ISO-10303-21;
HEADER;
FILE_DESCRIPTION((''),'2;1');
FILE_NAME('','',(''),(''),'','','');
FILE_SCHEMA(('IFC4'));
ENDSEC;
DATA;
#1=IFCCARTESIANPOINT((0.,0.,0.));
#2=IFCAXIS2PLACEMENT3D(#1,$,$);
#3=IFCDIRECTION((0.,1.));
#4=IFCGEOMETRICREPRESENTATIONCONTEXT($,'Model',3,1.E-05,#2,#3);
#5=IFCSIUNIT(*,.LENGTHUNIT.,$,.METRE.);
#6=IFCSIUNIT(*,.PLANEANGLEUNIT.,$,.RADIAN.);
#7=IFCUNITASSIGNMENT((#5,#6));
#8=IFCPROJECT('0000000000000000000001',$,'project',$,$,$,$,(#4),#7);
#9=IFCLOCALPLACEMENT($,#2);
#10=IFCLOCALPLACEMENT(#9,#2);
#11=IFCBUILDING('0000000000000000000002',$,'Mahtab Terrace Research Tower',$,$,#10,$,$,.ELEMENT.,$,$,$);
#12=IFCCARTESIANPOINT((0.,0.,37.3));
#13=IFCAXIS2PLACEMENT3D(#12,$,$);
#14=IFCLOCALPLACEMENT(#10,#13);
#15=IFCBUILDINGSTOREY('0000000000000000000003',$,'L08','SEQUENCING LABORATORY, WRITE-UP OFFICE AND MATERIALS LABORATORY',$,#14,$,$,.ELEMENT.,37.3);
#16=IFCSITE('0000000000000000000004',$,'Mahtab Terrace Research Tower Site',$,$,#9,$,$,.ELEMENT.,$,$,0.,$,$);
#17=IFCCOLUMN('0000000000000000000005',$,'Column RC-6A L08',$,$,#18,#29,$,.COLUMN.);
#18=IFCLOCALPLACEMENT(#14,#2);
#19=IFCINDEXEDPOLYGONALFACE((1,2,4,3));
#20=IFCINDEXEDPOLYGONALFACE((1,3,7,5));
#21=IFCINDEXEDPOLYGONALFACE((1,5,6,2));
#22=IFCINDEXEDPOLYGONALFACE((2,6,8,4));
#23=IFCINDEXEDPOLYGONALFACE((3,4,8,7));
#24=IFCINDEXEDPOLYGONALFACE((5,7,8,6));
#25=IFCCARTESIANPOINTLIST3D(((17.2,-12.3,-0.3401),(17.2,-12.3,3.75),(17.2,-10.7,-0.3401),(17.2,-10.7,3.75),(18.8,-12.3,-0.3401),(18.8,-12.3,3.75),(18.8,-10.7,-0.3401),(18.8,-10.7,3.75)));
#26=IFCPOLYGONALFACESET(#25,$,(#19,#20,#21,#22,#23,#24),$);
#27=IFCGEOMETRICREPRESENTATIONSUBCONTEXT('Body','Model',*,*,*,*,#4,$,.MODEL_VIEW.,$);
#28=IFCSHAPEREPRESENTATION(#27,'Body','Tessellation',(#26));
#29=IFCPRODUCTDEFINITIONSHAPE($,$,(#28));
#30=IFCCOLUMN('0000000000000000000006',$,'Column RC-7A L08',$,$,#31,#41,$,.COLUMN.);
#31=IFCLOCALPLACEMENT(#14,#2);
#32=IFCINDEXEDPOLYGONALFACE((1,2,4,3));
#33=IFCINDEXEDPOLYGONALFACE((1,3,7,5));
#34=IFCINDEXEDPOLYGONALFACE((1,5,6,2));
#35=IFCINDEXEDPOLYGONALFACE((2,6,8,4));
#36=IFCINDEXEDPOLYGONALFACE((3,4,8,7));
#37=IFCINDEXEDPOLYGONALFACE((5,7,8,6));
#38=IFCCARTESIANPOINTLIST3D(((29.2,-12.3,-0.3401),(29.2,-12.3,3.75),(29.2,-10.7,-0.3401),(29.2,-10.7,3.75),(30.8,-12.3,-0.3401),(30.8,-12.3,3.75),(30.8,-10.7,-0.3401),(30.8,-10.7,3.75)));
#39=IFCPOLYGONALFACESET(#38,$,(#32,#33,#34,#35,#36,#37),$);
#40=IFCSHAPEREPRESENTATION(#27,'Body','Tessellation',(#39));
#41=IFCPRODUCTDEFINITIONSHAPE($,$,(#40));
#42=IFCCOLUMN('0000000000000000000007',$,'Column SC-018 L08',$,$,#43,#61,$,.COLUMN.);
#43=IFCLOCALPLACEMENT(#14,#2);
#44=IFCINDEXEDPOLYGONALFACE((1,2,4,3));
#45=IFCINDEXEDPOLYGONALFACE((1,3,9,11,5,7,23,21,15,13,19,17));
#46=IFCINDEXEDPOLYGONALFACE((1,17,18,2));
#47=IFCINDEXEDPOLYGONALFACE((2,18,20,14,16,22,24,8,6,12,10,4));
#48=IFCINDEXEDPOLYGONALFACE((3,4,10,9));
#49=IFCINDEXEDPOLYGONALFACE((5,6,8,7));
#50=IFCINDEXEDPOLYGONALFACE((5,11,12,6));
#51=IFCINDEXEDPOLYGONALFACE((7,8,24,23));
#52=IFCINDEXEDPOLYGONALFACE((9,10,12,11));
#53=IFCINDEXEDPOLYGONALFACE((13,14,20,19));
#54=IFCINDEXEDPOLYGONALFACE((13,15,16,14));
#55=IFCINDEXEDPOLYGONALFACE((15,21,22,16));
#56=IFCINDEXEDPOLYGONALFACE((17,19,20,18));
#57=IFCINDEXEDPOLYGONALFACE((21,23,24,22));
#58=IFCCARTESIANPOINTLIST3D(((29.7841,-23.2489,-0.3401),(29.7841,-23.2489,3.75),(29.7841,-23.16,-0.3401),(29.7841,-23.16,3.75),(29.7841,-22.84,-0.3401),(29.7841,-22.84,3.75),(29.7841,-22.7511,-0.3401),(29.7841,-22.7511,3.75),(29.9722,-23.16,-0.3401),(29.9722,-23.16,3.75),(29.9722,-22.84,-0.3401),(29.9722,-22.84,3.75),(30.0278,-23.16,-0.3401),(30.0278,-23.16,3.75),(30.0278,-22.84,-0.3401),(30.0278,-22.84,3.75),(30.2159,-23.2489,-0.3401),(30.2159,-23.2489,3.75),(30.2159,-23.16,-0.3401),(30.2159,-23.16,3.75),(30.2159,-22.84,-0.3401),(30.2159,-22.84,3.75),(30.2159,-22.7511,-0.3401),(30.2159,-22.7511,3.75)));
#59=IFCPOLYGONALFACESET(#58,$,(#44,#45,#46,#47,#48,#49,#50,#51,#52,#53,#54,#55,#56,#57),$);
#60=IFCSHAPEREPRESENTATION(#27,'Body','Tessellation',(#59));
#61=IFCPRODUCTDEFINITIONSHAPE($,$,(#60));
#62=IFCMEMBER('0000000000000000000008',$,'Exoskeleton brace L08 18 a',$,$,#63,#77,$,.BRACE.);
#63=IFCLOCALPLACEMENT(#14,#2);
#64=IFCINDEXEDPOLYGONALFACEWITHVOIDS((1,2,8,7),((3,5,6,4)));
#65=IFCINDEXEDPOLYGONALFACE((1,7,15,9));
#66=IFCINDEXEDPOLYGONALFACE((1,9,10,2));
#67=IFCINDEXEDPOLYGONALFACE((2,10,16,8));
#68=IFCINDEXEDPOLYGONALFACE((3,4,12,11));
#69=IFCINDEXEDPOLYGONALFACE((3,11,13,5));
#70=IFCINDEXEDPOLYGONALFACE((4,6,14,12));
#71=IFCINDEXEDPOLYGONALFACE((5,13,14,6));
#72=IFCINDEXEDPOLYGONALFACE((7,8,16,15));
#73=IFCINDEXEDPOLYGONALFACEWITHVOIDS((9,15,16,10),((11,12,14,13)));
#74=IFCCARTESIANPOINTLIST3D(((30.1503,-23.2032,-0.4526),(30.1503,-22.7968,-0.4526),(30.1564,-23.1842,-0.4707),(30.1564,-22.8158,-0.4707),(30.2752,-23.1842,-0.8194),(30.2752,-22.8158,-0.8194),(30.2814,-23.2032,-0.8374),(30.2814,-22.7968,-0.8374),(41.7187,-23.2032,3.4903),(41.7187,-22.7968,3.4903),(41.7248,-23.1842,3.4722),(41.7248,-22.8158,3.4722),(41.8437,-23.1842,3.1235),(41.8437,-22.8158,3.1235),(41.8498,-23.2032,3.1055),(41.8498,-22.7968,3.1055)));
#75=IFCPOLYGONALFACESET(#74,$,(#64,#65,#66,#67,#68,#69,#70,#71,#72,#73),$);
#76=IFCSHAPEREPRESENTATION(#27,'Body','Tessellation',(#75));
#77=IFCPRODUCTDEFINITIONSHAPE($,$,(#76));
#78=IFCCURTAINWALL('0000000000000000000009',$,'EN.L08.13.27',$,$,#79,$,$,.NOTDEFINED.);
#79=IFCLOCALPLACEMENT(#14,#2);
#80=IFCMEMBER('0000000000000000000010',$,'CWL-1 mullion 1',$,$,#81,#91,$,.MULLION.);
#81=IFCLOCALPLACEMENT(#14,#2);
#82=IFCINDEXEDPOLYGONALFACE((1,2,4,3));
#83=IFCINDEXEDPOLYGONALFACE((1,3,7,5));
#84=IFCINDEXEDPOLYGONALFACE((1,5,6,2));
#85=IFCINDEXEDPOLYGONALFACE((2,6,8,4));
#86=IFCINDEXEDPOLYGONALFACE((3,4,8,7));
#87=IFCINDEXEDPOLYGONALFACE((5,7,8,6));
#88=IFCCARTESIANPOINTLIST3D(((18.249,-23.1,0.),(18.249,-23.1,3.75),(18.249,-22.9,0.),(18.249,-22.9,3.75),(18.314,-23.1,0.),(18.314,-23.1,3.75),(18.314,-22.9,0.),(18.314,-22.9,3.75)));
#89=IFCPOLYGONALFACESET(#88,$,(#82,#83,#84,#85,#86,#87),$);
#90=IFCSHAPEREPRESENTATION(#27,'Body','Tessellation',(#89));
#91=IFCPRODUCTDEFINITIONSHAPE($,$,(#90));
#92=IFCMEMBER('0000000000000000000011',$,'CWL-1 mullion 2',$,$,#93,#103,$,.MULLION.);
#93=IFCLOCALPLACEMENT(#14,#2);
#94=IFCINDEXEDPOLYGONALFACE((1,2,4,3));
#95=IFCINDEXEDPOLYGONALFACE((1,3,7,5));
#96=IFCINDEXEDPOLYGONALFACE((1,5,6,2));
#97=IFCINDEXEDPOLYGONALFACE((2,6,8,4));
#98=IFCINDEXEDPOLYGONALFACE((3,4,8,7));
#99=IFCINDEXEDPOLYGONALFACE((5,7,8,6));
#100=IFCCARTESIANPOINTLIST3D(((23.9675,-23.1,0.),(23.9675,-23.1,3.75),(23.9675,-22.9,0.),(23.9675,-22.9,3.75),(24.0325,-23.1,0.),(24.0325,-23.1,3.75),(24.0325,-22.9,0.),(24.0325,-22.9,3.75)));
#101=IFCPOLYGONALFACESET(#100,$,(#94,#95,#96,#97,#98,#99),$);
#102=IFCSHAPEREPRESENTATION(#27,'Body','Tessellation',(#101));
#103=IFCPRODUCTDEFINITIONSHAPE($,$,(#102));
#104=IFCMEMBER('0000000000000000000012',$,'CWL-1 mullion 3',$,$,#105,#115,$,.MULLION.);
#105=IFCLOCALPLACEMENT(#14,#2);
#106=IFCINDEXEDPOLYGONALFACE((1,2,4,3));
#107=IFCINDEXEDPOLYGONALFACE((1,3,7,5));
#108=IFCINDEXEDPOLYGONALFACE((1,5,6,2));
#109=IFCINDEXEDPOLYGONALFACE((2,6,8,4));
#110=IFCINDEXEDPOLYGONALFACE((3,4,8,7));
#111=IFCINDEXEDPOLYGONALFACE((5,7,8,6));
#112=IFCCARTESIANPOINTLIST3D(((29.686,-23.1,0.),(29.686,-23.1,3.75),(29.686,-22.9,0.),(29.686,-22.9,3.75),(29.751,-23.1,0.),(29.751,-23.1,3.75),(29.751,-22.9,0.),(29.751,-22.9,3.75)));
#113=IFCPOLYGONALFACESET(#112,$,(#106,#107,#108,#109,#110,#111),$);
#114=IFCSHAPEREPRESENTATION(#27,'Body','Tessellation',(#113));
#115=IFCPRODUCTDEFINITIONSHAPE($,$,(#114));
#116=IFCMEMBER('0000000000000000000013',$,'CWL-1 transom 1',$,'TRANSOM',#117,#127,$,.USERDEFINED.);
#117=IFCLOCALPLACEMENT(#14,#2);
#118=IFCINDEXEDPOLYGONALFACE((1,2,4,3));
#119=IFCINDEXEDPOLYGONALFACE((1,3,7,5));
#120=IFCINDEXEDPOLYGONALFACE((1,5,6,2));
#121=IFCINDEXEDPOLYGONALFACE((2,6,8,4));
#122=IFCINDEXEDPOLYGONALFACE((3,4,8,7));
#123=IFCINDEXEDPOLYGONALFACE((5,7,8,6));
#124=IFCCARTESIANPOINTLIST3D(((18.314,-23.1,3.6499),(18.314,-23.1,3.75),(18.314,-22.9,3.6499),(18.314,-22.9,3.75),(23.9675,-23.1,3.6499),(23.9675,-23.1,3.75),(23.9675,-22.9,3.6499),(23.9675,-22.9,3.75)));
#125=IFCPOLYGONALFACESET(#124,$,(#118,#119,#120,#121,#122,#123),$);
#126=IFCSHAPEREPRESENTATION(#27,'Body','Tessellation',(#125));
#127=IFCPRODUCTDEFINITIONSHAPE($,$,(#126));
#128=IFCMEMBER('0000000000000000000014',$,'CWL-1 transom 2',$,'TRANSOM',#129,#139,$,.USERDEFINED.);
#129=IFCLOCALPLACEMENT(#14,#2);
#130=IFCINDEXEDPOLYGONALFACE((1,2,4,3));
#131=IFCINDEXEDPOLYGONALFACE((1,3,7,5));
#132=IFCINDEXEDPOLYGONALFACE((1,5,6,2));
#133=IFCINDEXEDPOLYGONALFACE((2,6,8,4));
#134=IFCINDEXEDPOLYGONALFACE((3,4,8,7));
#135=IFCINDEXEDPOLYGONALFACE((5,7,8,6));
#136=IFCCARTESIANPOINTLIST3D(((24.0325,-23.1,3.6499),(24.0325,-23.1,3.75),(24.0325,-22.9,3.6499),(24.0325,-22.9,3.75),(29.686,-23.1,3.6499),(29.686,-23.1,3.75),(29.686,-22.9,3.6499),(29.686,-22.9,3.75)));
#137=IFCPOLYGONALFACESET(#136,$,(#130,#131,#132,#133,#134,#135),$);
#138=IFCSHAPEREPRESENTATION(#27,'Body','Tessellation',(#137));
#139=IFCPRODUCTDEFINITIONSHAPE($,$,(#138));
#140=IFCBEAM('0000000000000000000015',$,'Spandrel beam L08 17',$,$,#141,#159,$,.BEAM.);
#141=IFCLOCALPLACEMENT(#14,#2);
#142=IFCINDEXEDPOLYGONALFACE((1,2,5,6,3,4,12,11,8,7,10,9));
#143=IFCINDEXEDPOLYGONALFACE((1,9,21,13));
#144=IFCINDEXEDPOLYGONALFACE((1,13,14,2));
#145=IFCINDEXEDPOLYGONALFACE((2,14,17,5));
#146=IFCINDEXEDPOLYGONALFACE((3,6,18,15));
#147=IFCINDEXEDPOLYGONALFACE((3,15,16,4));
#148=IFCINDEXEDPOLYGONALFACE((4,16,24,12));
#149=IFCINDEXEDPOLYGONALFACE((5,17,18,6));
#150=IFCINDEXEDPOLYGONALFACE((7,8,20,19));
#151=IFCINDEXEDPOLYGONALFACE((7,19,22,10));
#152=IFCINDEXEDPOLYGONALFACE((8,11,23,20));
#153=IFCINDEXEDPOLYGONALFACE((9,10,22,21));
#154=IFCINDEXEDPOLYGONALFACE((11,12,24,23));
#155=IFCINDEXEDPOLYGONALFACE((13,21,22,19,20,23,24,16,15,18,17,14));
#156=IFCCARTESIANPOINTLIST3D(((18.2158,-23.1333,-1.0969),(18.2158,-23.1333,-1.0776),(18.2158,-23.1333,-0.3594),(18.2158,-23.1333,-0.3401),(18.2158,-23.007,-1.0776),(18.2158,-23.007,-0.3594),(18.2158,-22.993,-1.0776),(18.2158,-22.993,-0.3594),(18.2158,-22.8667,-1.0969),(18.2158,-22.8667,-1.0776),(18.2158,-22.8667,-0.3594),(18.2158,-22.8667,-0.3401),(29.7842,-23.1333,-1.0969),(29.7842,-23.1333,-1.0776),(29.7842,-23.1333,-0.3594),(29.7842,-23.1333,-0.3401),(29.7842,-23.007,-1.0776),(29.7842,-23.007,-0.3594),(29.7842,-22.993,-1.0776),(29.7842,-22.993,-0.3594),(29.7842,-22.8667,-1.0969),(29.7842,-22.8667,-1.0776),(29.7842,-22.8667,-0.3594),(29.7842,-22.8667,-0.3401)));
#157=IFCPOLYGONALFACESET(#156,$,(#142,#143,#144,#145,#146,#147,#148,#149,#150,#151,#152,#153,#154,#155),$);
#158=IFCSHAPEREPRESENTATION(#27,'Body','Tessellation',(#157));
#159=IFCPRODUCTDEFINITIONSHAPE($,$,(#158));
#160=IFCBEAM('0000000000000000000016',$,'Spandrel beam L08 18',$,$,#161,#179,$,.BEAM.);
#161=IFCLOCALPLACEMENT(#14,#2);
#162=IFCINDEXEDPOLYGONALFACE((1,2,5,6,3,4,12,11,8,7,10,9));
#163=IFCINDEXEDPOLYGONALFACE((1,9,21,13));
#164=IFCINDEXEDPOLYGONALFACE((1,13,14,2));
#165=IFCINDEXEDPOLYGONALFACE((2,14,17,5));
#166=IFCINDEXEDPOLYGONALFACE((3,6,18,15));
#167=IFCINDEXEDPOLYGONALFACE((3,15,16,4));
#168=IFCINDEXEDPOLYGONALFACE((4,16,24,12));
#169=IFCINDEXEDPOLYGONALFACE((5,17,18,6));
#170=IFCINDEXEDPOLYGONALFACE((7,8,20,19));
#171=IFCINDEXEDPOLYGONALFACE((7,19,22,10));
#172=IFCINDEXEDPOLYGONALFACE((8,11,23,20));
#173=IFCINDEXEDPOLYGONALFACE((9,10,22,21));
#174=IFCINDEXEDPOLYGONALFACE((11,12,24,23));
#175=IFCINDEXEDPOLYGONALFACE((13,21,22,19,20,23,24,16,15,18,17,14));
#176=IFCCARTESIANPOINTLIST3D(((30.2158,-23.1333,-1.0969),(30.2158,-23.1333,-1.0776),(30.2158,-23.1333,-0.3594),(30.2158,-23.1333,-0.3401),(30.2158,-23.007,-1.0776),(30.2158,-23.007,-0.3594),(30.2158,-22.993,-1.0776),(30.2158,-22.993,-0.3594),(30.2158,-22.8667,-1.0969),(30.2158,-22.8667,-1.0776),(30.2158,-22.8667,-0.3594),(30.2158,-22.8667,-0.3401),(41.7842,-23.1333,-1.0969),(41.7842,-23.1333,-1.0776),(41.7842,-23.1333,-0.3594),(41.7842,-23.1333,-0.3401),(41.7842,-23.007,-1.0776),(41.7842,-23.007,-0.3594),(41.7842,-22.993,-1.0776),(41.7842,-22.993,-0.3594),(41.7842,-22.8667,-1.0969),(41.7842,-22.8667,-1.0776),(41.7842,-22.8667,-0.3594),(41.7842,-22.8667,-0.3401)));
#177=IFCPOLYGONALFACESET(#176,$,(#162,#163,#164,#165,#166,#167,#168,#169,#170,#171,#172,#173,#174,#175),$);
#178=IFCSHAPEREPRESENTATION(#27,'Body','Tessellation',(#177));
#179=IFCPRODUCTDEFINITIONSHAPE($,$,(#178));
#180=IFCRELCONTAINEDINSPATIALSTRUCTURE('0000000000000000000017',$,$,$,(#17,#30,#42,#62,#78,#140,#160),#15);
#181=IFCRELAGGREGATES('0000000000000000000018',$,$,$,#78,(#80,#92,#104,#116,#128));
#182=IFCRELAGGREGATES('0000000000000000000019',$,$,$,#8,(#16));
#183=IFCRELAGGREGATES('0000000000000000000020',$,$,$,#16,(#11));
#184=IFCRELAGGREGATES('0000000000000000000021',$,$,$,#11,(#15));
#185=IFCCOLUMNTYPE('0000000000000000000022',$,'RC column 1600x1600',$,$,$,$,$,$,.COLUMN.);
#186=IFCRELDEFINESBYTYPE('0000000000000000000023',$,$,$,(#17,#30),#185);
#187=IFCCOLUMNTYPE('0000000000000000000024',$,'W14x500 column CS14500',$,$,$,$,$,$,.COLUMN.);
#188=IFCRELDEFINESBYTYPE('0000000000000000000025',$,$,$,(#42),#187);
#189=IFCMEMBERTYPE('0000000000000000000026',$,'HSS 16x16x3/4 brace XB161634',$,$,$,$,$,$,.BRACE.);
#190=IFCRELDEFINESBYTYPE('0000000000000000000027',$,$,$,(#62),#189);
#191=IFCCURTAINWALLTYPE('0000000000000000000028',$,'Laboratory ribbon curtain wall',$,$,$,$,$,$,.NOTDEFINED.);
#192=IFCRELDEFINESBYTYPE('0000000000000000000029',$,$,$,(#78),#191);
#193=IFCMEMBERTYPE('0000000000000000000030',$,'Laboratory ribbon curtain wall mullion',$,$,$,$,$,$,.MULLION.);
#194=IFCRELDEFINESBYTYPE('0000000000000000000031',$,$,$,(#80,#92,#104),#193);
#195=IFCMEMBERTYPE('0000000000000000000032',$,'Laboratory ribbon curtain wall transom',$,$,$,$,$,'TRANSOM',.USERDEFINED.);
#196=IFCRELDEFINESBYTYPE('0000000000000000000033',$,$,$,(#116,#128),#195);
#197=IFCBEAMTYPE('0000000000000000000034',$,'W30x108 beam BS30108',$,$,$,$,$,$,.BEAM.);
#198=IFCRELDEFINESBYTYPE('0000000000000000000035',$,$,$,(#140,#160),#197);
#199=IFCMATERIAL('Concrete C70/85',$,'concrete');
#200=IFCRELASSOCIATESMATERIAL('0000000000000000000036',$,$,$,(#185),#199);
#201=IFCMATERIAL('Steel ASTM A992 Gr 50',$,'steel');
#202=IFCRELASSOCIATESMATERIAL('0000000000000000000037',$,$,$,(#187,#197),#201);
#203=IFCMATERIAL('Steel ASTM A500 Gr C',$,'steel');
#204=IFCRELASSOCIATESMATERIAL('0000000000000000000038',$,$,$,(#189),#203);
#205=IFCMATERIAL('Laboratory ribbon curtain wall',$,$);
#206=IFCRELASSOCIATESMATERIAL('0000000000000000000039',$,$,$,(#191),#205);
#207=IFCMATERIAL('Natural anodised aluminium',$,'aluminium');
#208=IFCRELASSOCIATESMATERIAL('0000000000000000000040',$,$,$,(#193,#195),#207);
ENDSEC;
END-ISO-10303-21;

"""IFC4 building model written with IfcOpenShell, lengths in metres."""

from ifc_helpers import new_model, si_unit, direction, frame, origin, origin_2d, place, context, subcontext, project, spatial, rectangle, hollow_rectangle, i_section, extrude, material, material_profile, profile_set, type_object, element, aggregate, save


model = new_model("IFC4")

# Units and contexts
model_context = context("Model", 3, precision=1e-05, world=origin(), true_north=direction((0.0, 1.0)))
body_context = subcontext(model_context, "Body", "Model", "MODEL_VIEW")
ifc_project = project(units=[si_unit("LENGTHUNIT", "METRE"), si_unit("PLANEANGLEUNIT", "RADIAN")], contexts=[model_context])

# Site, building, storey
site_placement = place(None, origin())
site = spatial("IfcSite", under=ifc_project, at=site_placement, Name="Mahtab Terrace Research Tower Site", CompositionType="ELEMENT", RefElevation=0.0)
building_placement = place(site_placement, origin())
building = spatial("IfcBuilding", under=site, at=building_placement, Name="Mahtab Terrace Research Tower", CompositionType="ELEMENT")
storey_placement = place(building_placement, frame((0.0, 0.0, 37.3)))
storey = spatial("IfcBuildingStorey", under=building, at=storey_placement, Name="L08", Description="SEQUENCING LABORATORY, WRITE-UP OFFICE AND MATERIALS LABORATORY", CompositionType="ELEMENT", Elevation=37.3)

# Columns
ifc_material_1 = material(Name="Concrete C70/85", Category="concrete")
ifc_material_profile_1 = material_profile(ifc_material_1, rectangle(XDim=1.6001, YDim=1.6001, at=origin_2d()), Name="RC column 1600x1600")
ifc_profile_set_1 = profile_set([ifc_material_profile_1], Name="Concrete C70/85")
column_type_1 = type_object("IfcColumnType", Name="RC column 1600x1600", PredefinedType="COLUMN", material=ifc_profile_set_1)
for number, where, z_axis, x_axis, name in (
    (1, (18.0, -11.5, -0.3401), (0.0, 0.0, 1.0), (1.0, 0.0, 0.0), "Column RC-6A L08"),
    (2, (30.0, -11.5, -0.3401), (0.0, 0.0, 1.0), (1.0, 0.0, 0.0), "Column RC-7A L08"),
):
    element("IfcColumn", number, at=place(storey_placement, frame(where, z_axis=z_axis, x_axis=x_axis)), inside=storey, type_object=column_type_1, Name=name, PredefinedType="COLUMN", context=body_context, shape_type="SweptSolid", body=[
        extrude(rectangle(XDim=1.6001, YDim=1.6001, at=origin_2d()), origin(), (0.0, 0.0, 1.0), 4.0901),
    ])
ifc_material_2 = material(Name="Steel ASTM A992 Gr 50", Category="steel")
ifc_material_profile_2 = material_profile(ifc_material_2, i_section(OverallWidth=0.4319, OverallDepth=0.4978, WebThickness=0.0557, FlangeThickness=0.0889, at=origin_2d()), Name="W14X500")
ifc_profile_set_2 = profile_set([ifc_material_profile_2], Name="Steel ASTM A992 Gr 50")
column_type_2 = type_object("IfcColumnType", Name="W14x500 column CS14500", PredefinedType="COLUMN", material=ifc_profile_set_2)
column_placement = place(storey_placement, frame((30.0, -23.0, -0.3401), z_axis=(0.0, 0.0, 1.0), x_axis=(1.0, 0.0, 0.0)))
element("IfcColumn", 3, at=column_placement, inside=storey, type_object=column_type_2, Name="Column SC-018 L08", PredefinedType="COLUMN", context=body_context, shape_type="SweptSolid", body=[
    extrude(i_section(OverallWidth=0.4319, OverallDepth=0.4978, WebThickness=0.0557, FlangeThickness=0.0889, at=origin_2d()), origin(), (0.0, 0.0, 1.0), 4.0901),
])

# Member
ifc_material_3 = material(Name="Steel ASTM A500 Gr C", Category="steel")
ifc_material_profile_3 = material_profile(ifc_material_3, hollow_rectangle(XDim=0.4065, YDim=0.4065, WallThickness=0.019, at=origin_2d()), Name="HSS16X16X3/4")
ifc_profile_set_3 = profile_set([ifc_material_profile_3], Name="Steel ASTM A500 Gr C")
member_type_1 = type_object("IfcMemberType", Name="HSS 16x16x3/4 brace XB161634", PredefinedType="BRACE", material=ifc_profile_set_3)
member_1_placement = place(storey_placement, frame((30.2158, -23.0, -0.645), z_axis=(0.946532, 0.0, 0.322609), x_axis=(0.0, 1.0, 0.0)))
element("IfcMember", 4, at=member_1_placement, inside=storey, type_object=member_type_1, Name="Exoskeleton brace L08 18 a", PredefinedType="BRACE", context=body_context, shape_type="SweptSolid", body=[
    extrude(hollow_rectangle(XDim=0.4065, YDim=0.4065, WallThickness=0.019, at=origin_2d()), origin(), (0.0, 0.0, 1.0), 12.2219),
])

# Curtain wall, members
ifc_material_4 = material(Name="Laboratory ribbon curtain wall")
curtain_wall_type = type_object("IfcCurtainWallType", Name="Laboratory ribbon curtain wall", PredefinedType="NOTDEFINED", material=ifc_material_4)
curtain_wall_placement = place(storey_placement, origin())
curtain_wall = element("IfcCurtainWall", 5, at=curtain_wall_placement, inside=storey, type_object=curtain_wall_type, Name="EN.L08.13.27", PredefinedType="NOTDEFINED")
ifc_material_5 = material(Name="Natural anodised aluminium", Category="aluminium")
ifc_material_profile_4 = material_profile(ifc_material_5, rectangle(XDim=0.2, YDim=0.0649, at=origin_2d()), Name="MULLION 65x200")
ifc_profile_set_4 = profile_set([ifc_material_profile_4], Name="Natural anodised aluminium")
member_type_2 = type_object("IfcMemberType", Name="Laboratory ribbon curtain wall mullion", PredefinedType="MULLION", material=ifc_profile_set_4)
member_2_placement = place(storey_placement, frame((18.2815, -23.0, 0.0), z_axis=(0.0, 0.0, 1.0), x_axis=(0.0, 1.0, 0.0)))
member_2 = element("IfcMember", 6, at=member_2_placement, type_object=member_type_2, Name="CWL-1 mullion 1", PredefinedType="MULLION", context=body_context, shape_type="SweptSolid", body=[
    extrude(rectangle(XDim=0.2, YDim=0.0649, at=origin_2d()), origin(), (0.0, 0.0, 1.0), 3.75),
])
member_3_placement = place(storey_placement, frame((24.0, -23.0, 0.0), z_axis=(0.0, 0.0, 1.0), x_axis=(0.0, 1.0, 0.0)))
member_3 = element("IfcMember", 7, at=member_3_placement, type_object=member_type_2, Name="CWL-1 mullion 2", PredefinedType="MULLION", context=body_context, shape_type="SweptSolid", body=[
    extrude(rectangle(XDim=0.2, YDim=0.0649, at=origin_2d()), origin(), (0.0, 0.0, 1.0), 3.75),
])
member_4_placement = place(storey_placement, frame((29.7185, -23.0, 0.0), z_axis=(0.0, 0.0, 1.0), x_axis=(0.0, 1.0, 0.0)))
member_4 = element("IfcMember", 8, at=member_4_placement, type_object=member_type_2, Name="CWL-1 mullion 3", PredefinedType="MULLION", context=body_context, shape_type="SweptSolid", body=[
    extrude(rectangle(XDim=0.2, YDim=0.0649, at=origin_2d()), origin(), (0.0, 0.0, 1.0), 3.75),
])
ifc_material_profile_5 = material_profile(ifc_material_5, rectangle(XDim=0.2, YDim=0.1001, at=origin_2d()), Name="TRANSOM 100x200")
ifc_profile_set_5 = profile_set([ifc_material_profile_5], Name="Natural anodised aluminium")
member_type_3 = type_object("IfcMemberType", Name="Laboratory ribbon curtain wall transom", ElementType="TRANSOM", PredefinedType="USERDEFINED", material=ifc_profile_set_5)
member_5_placement = place(storey_placement, frame((18.314, -23.0, 3.7), z_axis=(1.0, 0.0, 0.0), x_axis=(0.0, 1.0, 0.0)))
member_5 = element("IfcMember", 9, at=member_5_placement, type_object=member_type_3, Name="CWL-1 transom 1", ObjectType="TRANSOM", PredefinedType="USERDEFINED", context=body_context, shape_type="SweptSolid", body=[
    extrude(rectangle(XDim=0.2, YDim=0.1001, at=origin_2d()), origin(), (0.0, 0.0, 1.0), 5.6536),
])
member_6_placement = place(storey_placement, frame((24.0325, -23.0, 3.7), z_axis=(1.0, 0.0, 0.0), x_axis=(0.0, 1.0, 0.0)))
member_6 = element("IfcMember", 10, at=member_6_placement, type_object=member_type_3, Name="CWL-1 transom 2", ObjectType="TRANSOM", PredefinedType="USERDEFINED", context=body_context, shape_type="SweptSolid", body=[
    extrude(rectangle(XDim=0.2, YDim=0.1001, at=origin_2d()), origin(), (0.0, 0.0, 1.0), 5.6536),
])

# Beams
ifc_material_profile_6 = material_profile(ifc_material_2, i_section(OverallWidth=0.2666, OverallDepth=0.7568, WebThickness=0.0139, FlangeThickness=0.0193, at=origin_2d()), Name="W30X108")
ifc_profile_set_6 = profile_set([ifc_material_profile_6], Name="Steel ASTM A992 Gr 50")
beam_type = type_object("IfcBeamType", Name="W30x108 beam BS30108", PredefinedType="BEAM", material=ifc_profile_set_6)
for number, where, z_axis, x_axis, name in (
    (11, (18.2158, -23.0, -0.7185), (1.0, 0.0, 0.0), (0.0, 1.0, 0.0), "Spandrel beam L08 17"),
    (12, (30.2158, -23.0, -0.7185), (1.0, 0.0, 0.0), (0.0, 1.0, 0.0), "Spandrel beam L08 18"),
):
    element("IfcBeam", number, at=place(storey_placement, frame(where, z_axis=z_axis, x_axis=x_axis)), inside=storey, type_object=beam_type, Name=name, PredefinedType="BEAM", context=body_context, shape_type="SweptSolid", body=[
        extrude(i_section(OverallWidth=0.2666, OverallDepth=0.7568, WebThickness=0.0139, FlangeThickness=0.0193, at=origin_2d()), origin(), (0.0, 0.0, 1.0), 11.5684),
    ])

aggregate(curtain_wall, [member_2, member_3, member_4, member_5, member_6])

save(model, "model.ifc")
